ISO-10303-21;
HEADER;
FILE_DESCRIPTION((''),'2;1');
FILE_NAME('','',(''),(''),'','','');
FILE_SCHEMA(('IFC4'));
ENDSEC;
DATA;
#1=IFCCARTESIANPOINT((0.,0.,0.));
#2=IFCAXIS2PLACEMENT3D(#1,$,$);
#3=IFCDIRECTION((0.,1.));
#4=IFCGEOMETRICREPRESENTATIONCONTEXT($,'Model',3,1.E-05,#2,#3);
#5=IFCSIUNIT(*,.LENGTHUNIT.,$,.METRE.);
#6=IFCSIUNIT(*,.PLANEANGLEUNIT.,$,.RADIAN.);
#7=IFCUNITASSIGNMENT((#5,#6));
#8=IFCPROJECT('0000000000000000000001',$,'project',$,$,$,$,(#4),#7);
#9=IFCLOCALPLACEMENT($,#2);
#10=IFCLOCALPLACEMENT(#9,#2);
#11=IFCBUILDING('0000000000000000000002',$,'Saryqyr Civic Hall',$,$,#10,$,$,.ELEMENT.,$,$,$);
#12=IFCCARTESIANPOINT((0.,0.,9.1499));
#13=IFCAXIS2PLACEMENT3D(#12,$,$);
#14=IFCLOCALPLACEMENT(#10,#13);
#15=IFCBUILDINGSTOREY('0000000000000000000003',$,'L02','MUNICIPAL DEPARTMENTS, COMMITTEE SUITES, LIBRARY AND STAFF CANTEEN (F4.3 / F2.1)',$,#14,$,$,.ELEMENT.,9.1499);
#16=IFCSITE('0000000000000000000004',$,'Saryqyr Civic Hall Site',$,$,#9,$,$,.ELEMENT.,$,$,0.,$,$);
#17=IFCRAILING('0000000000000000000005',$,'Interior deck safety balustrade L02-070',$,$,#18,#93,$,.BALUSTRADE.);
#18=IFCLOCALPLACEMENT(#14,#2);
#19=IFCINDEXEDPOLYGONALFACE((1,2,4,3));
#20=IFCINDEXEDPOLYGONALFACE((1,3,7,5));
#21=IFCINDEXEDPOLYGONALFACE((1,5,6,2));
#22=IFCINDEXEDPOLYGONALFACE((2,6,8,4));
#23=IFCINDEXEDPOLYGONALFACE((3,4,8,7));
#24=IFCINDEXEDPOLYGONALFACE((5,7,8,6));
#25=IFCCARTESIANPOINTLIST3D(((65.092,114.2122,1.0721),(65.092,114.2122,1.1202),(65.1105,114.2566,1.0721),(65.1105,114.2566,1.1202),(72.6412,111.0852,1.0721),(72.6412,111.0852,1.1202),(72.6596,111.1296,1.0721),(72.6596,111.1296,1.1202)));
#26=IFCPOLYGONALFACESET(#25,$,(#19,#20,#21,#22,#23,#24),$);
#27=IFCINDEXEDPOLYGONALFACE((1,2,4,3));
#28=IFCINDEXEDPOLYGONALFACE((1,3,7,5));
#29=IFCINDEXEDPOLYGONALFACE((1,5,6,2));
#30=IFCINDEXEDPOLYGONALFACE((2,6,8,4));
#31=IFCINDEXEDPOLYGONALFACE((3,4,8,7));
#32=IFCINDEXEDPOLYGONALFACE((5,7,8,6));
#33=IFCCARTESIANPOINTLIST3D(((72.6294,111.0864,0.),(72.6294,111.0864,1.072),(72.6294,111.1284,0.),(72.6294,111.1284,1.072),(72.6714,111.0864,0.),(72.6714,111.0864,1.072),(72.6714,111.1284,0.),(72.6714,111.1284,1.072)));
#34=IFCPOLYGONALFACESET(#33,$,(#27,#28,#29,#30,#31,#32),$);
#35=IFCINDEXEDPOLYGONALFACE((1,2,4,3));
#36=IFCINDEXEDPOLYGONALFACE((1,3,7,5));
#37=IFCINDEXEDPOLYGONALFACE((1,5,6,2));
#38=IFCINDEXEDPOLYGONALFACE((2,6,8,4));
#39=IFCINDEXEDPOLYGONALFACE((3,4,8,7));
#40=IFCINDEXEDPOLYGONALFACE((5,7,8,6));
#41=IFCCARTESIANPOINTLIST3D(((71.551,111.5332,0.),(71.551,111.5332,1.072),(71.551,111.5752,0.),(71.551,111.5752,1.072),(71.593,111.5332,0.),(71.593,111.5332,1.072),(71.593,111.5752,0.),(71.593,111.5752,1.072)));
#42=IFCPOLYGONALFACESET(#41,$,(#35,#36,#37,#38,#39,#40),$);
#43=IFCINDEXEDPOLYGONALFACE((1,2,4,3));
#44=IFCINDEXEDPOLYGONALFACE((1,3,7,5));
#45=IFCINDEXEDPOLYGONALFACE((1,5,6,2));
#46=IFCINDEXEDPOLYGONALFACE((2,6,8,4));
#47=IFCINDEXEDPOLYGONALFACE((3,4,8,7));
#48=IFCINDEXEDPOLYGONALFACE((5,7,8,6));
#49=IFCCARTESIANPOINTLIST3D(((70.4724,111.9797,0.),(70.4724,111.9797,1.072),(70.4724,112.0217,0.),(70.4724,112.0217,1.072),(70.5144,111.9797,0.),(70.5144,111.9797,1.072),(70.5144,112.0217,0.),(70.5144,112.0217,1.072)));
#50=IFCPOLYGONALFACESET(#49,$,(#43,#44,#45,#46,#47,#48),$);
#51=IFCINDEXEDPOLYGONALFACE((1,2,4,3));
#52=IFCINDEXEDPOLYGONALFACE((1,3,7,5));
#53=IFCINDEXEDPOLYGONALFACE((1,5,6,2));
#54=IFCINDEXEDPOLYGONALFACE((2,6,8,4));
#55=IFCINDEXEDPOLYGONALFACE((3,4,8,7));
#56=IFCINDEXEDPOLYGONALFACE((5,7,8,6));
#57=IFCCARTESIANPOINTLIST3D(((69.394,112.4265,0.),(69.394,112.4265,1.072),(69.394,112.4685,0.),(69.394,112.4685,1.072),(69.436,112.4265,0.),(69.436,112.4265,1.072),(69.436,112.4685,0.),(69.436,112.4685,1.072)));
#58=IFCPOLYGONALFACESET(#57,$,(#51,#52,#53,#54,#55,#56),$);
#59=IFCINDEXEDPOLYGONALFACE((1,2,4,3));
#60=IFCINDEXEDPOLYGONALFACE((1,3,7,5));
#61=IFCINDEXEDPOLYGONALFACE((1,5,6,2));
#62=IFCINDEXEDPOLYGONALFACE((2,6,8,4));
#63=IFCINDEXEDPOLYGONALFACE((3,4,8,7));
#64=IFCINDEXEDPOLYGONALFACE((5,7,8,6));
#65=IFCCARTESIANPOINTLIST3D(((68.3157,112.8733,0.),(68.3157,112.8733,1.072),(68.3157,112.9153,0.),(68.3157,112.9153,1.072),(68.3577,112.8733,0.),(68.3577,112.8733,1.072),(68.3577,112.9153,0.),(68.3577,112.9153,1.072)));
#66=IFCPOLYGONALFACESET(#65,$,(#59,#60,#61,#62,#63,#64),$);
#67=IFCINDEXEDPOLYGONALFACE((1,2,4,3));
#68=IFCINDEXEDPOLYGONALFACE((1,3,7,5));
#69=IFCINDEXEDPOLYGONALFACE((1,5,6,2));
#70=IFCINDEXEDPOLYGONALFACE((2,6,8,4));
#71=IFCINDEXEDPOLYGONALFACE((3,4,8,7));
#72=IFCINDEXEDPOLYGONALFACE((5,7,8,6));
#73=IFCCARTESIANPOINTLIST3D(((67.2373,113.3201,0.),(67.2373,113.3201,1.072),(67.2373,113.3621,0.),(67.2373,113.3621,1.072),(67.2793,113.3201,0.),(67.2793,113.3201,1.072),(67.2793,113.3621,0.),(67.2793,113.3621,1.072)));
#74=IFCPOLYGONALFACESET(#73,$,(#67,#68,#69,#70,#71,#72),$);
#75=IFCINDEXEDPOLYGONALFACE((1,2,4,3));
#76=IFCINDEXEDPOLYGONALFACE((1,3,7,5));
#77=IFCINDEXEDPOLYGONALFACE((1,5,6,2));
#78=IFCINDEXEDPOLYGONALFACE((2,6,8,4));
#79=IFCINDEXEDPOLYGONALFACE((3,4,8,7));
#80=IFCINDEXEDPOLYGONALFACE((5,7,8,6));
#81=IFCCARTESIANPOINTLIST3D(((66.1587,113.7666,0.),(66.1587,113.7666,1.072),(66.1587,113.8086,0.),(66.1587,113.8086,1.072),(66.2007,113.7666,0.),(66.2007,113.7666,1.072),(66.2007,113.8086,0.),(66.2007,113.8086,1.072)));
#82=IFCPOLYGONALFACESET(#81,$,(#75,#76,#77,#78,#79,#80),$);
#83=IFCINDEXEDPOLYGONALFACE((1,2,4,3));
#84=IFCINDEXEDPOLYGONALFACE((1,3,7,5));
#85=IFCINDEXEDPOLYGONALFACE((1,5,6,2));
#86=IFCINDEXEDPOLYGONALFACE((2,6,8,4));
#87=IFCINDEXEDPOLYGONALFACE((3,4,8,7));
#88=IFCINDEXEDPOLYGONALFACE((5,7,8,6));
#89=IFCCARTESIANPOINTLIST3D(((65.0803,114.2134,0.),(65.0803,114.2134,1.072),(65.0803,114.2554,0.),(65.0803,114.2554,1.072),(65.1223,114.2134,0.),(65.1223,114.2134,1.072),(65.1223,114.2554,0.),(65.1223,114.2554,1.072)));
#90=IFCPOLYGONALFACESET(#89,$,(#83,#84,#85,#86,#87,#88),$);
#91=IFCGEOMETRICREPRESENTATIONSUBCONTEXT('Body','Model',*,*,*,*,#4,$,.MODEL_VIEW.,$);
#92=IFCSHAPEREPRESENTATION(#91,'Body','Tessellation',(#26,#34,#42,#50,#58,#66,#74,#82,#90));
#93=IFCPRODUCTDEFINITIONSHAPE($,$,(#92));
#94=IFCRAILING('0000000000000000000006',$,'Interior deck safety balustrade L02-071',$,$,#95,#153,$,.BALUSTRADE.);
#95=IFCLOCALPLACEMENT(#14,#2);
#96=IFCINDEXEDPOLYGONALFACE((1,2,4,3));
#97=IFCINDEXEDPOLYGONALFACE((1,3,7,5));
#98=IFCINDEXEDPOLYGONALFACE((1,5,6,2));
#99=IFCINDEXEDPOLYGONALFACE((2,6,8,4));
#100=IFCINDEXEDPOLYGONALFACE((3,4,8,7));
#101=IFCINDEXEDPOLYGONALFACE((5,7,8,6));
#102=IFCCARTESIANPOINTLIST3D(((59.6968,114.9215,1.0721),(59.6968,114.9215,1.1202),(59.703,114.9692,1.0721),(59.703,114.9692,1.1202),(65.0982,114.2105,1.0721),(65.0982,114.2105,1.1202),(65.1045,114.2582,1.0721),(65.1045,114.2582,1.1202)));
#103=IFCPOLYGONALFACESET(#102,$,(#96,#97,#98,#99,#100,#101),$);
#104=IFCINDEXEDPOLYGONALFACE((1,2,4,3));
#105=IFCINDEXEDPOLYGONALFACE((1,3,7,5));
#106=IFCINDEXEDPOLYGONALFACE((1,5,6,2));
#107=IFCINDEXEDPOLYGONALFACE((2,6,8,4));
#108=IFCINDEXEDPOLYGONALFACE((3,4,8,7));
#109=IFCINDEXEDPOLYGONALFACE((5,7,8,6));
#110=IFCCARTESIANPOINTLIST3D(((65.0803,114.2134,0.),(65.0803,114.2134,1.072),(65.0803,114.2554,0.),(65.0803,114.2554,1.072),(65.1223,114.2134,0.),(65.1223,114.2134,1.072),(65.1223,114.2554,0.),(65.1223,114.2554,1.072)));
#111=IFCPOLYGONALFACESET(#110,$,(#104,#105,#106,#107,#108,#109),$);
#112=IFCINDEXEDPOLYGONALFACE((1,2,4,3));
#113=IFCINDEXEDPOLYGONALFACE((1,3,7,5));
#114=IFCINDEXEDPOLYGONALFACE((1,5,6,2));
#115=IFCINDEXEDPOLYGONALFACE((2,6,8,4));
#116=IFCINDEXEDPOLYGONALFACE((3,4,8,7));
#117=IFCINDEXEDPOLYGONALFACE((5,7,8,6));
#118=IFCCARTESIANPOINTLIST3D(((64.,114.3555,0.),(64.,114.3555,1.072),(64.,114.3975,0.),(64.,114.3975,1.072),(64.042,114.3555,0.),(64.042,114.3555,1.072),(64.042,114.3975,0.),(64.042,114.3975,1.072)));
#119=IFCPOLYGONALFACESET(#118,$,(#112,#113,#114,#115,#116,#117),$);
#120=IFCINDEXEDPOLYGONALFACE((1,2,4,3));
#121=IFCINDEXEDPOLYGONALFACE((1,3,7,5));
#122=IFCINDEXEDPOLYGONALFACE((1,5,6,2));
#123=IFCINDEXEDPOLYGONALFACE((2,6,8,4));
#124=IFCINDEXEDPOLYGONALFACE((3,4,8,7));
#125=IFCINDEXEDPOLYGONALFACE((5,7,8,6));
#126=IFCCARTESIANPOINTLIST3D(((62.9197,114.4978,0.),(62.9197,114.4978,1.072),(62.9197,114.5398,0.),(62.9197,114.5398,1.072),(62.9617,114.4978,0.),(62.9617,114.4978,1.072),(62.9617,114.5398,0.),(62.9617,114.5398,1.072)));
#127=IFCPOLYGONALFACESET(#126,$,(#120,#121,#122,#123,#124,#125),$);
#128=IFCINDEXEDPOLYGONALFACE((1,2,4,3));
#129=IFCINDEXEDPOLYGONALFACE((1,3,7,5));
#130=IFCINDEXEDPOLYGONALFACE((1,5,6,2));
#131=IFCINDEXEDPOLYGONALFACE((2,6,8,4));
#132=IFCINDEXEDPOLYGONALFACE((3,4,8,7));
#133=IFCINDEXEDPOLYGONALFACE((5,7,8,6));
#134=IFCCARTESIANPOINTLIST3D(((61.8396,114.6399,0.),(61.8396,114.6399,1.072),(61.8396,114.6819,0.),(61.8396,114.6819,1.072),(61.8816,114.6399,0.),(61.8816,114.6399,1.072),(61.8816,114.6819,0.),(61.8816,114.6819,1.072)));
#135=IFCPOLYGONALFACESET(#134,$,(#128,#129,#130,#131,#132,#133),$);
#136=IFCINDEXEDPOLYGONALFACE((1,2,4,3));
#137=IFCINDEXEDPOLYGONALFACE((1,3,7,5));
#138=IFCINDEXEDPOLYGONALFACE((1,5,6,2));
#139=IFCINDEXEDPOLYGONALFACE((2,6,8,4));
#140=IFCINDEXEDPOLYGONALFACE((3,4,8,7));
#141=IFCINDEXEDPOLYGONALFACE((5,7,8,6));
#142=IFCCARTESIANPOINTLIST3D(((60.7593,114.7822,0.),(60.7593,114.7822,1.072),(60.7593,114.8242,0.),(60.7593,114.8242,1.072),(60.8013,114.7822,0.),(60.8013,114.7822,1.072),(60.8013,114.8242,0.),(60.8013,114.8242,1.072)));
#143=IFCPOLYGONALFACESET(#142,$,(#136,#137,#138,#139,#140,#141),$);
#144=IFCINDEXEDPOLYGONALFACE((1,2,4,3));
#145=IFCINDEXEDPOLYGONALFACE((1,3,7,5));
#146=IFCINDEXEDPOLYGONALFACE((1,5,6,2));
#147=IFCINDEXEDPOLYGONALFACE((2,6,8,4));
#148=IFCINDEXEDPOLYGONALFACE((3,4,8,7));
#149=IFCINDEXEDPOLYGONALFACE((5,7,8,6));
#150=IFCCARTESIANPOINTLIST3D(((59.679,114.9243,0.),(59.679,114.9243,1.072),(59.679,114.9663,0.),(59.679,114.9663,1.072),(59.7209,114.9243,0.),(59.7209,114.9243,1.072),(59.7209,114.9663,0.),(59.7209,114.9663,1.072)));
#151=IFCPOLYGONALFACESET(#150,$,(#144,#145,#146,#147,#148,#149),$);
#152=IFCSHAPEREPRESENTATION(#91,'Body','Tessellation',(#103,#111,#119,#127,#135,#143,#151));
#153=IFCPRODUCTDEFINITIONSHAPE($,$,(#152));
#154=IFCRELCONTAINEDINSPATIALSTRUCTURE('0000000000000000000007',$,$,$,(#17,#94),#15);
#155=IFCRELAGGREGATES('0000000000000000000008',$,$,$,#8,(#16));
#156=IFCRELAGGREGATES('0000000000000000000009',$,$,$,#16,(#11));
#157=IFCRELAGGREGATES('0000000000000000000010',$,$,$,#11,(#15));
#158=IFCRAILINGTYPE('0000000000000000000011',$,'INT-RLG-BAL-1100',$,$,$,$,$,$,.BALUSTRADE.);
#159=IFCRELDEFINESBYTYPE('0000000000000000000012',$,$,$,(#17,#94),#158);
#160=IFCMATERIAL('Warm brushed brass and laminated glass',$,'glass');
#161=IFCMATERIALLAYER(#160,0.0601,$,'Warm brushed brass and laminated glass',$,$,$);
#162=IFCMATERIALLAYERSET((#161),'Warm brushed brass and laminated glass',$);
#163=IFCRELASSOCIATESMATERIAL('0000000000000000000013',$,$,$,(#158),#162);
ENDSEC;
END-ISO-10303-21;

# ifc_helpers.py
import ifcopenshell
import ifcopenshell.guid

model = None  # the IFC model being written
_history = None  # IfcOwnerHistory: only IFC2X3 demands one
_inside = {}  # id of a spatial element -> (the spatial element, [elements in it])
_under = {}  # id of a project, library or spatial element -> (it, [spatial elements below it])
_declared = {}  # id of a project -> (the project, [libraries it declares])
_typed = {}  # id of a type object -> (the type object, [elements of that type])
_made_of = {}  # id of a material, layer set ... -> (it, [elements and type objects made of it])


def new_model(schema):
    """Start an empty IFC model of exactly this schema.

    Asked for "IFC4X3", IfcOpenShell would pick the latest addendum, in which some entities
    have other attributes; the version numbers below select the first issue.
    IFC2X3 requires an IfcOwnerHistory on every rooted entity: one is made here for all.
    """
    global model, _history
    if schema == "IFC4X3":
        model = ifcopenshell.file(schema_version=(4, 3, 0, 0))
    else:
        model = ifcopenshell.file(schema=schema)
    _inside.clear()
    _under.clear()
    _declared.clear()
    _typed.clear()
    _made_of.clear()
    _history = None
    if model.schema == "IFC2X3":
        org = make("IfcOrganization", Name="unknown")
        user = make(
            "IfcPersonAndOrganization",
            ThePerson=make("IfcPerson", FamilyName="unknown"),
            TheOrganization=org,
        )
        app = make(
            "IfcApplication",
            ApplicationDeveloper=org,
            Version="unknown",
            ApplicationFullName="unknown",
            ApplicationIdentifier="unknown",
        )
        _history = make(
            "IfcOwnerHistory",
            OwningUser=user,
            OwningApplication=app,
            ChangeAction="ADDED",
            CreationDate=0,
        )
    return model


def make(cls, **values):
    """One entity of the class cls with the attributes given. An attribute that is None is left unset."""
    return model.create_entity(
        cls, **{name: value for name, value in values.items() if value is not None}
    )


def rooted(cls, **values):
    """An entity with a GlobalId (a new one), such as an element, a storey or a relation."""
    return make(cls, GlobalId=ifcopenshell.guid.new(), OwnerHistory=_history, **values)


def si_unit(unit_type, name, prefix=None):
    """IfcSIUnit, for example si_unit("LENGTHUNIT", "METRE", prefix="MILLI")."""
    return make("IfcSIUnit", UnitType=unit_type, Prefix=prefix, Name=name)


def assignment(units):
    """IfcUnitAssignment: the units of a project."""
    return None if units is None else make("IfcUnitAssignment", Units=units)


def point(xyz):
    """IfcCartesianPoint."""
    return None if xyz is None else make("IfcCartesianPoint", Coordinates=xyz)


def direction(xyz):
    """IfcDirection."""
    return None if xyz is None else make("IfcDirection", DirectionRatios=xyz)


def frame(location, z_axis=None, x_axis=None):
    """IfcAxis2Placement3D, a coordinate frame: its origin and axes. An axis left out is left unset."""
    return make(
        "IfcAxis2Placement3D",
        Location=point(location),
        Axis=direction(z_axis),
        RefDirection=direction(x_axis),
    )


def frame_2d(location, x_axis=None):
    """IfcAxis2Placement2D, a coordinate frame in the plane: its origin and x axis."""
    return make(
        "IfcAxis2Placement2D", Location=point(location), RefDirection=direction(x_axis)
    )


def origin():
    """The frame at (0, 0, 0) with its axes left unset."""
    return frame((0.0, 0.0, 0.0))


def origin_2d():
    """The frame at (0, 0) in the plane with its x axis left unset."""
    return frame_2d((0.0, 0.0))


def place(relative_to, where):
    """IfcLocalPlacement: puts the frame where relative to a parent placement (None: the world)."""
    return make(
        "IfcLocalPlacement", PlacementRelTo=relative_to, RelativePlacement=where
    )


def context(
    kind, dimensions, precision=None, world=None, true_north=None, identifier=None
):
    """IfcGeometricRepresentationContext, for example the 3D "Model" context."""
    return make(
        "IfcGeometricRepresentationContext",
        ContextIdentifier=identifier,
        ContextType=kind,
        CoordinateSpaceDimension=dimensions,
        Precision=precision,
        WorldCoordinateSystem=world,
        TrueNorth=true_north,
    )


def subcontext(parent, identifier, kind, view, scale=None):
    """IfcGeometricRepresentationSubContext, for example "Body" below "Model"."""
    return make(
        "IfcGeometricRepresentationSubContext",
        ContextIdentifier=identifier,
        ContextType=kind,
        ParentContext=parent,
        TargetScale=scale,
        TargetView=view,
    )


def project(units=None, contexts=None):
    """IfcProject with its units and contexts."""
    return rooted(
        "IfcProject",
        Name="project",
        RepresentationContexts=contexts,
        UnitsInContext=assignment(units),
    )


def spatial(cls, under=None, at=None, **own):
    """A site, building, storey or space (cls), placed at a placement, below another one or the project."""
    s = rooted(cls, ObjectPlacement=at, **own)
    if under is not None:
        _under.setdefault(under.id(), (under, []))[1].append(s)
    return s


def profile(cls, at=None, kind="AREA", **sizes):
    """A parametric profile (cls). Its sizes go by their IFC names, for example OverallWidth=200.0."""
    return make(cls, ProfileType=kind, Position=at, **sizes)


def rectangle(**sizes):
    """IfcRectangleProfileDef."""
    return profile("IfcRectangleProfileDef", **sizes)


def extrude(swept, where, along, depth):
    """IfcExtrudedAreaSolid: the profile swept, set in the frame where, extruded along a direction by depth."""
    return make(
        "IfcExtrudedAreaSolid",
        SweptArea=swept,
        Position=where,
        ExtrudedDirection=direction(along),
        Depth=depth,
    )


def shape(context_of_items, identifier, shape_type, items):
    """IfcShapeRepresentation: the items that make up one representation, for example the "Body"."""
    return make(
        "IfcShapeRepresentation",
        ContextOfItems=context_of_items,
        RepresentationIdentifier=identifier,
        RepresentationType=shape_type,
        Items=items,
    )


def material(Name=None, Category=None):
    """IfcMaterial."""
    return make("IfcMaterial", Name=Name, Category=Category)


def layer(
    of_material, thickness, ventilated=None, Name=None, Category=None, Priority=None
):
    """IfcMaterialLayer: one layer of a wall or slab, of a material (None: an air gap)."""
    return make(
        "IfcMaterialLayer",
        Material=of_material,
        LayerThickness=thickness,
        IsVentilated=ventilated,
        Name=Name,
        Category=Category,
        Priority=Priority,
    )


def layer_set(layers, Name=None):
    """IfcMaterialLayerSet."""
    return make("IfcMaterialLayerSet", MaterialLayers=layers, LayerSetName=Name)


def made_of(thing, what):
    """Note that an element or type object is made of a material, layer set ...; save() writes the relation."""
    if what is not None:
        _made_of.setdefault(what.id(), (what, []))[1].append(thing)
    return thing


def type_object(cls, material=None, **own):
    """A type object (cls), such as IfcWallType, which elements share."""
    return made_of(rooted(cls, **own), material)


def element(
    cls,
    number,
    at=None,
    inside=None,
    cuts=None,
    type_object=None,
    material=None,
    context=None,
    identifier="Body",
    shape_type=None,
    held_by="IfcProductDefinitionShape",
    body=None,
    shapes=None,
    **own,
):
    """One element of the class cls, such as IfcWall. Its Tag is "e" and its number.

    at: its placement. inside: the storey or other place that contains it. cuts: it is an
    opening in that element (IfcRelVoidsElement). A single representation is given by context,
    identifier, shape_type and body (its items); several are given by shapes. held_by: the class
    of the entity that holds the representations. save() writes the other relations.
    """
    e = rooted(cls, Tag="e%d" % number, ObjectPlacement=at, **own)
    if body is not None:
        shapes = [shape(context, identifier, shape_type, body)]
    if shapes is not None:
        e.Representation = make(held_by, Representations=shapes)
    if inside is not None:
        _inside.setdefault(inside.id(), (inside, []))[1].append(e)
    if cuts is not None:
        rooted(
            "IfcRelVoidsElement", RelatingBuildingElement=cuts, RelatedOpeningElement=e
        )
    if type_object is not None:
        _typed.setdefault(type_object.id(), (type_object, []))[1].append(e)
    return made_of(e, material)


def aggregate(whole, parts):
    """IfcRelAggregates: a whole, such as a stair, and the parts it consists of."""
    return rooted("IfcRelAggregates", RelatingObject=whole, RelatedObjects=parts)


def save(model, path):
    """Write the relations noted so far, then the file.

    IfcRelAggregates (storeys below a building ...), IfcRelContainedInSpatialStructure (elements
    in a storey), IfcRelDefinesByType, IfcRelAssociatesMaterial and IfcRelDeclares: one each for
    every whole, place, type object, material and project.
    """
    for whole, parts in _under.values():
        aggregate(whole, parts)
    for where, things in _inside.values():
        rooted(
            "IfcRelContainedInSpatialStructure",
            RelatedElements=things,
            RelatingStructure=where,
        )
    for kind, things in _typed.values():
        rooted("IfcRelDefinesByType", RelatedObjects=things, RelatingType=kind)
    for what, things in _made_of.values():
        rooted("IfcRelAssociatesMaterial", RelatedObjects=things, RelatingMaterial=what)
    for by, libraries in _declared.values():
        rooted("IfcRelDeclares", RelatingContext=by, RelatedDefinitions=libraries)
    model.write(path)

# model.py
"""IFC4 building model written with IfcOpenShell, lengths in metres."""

from ifc_helpers import new_model, si_unit, direction, frame, origin, origin_2d, place, context, subcontext, project, spatial, rectangle, extrude, material, layer, layer_set, type_object, element, save


model = new_model("IFC4")

# Units and contexts
model_context = context("Model", 3, precision=1e-05, world=origin(), true_north=direction((0.0, 1.0)))
body_context = subcontext(model_context, "Body", "Model", "MODEL_VIEW")
ifc_project = project(units=[si_unit("LENGTHUNIT", "METRE"), si_unit("PLANEANGLEUNIT", "RADIAN")], contexts=[model_context])

# Site, building, storey
site_placement = place(None, origin())
site = spatial("IfcSite", under=ifc_project, at=site_placement, Name="Saryqyr Civic Hall Site", CompositionType="ELEMENT", RefElevation=0.0)
building_placement = place(site_placement, origin())
building = spatial("IfcBuilding", under=site, at=building_placement, Name="Saryqyr Civic Hall", CompositionType="ELEMENT")
storey_placement = place(building_placement, frame((0.0, 0.0, 9.1499)))
storey = spatial("IfcBuildingStorey", under=building, at=storey_placement, Name="L02", Description="MUNICIPAL DEPARTMENTS, COMMITTEE SUITES, LIBRARY AND STAFF CANTEEN (F4.3 / F2.1)", CompositionType="ELEMENT", Elevation=9.1499)

# Railings
ifc_material_1 = material(Name="Warm brushed brass and laminated glass", Category="glass")
ifc_layer_1 = layer(ifc_material_1, 0.0601, Name="Warm brushed brass and laminated glass")
ifc_layer_set_1 = layer_set([ifc_layer_1], Name="Warm brushed brass and laminated glass")
railing_type_1 = type_object("IfcRailingType", Name="INT-RLG-BAL-1100", PredefinedType="BALUSTRADE", material=ifc_layer_set_1)
railing_1_placement = place(storey_placement, frame((72.6504, 111.1074, 0.0)))
element("IfcRailing", 1, at=railing_1_placement, inside=storey, type_object=railing_type_1, Name="Interior deck safety balustrade L02-070", PredefinedType="BALUSTRADE", context=body_context, shape_type="SweptSolid", body=[
    extrude(rectangle(XDim=0.0481, YDim=0.0481, at=origin_2d()), frame((0.0, 0.0, 1.0962), z_axis=(-0.923878, 0.382686, 0.0), x_axis=(-0.382686, -0.923878, 0.0)), (0.0, 0.0, 1.0), 8.1711),
    extrude(rectangle(XDim=0.042, YDim=0.042, at=origin_2d()), origin(), (0.0, 0.0, 1.0), 1.072),
    extrude(rectangle(XDim=0.042, YDim=0.042, at=origin_2d()), frame((-1.0784, 0.4468, 0.0)), (0.0, 0.0, 1.0), 1.072),
    extrude(rectangle(XDim=0.042, YDim=0.042, at=origin_2d()), frame((-2.157, 0.8933, 0.0)), (0.0, 0.0, 1.0), 1.072),
    extrude(rectangle(XDim=0.042, YDim=0.042, at=origin_2d()), frame((-3.2354, 1.3401, 0.0)), (0.0, 0.0, 1.0), 1.072),
    extrude(rectangle(XDim=0.042, YDim=0.042, at=origin_2d()), frame((-4.3137, 1.7869, 0.0)), (0.0, 0.0, 1.0), 1.072),
    extrude(rectangle(XDim=0.042, YDim=0.042, at=origin_2d()), frame((-5.3921, 2.2336, 0.0)), (0.0, 0.0, 1.0), 1.072),
    extrude(rectangle(XDim=0.042, YDim=0.042, at=origin_2d()), frame((-6.4707, 2.6802, 0.0)), (0.0, 0.0, 1.0), 1.072),
    extrude(rectangle(XDim=0.042, YDim=0.042, at=origin_2d()), frame((-7.5491, 3.127, 0.0)), (0.0, 0.0, 1.0), 1.072),
])
railing_2_placement = place(storey_placement, frame((65.1013, 114.2344, 0.0)))
element("IfcRailing", 2, at=railing_2_placement, inside=storey, type_object=railing_type_1, Name="Interior deck safety balustrade L02-071", PredefinedType="BALUSTRADE", context=body_context, shape_type="SweptSolid", body=[
    extrude(rectangle(XDim=0.0481, YDim=0.0481, at=origin_2d()), frame((0.0, 0.0, 1.0962), z_axis=(-0.991449, 0.130496, 0.0), x_axis=(-0.130496, -0.991449, 0.0)), (0.0, 0.0, 1.0), 5.448),
    extrude(rectangle(XDim=0.042, YDim=0.042, at=origin_2d()), origin(), (0.0, 0.0, 1.0), 1.072),
    extrude(rectangle(XDim=0.042, YDim=0.042, at=origin_2d()), frame((-1.0803, 0.1421, 0.0)), (0.0, 0.0, 1.0), 1.072),
    extrude(rectangle(XDim=0.042, YDim=0.042, at=origin_2d()), frame((-2.1606, 0.2844, 0.0)), (0.0, 0.0, 1.0), 1.072),
    extrude(rectangle(XDim=0.042, YDim=0.042, at=origin_2d()), frame((-3.2407, 0.4265, 0.0)), (0.0, 0.0, 1.0), 1.072),
    extrude(rectangle(XDim=0.042, YDim=0.042, at=origin_2d()), frame((-4.321, 0.5688, 0.0)), (0.0, 0.0, 1.0), 1.072),
    extrude(rectangle(XDim=0.042, YDim=0.042, at=origin_2d()), frame((-5.4014, 0.7109, 0.0)), (0.0, 0.0, 1.0), 1.072),
])

save(model, "model.ifc")
